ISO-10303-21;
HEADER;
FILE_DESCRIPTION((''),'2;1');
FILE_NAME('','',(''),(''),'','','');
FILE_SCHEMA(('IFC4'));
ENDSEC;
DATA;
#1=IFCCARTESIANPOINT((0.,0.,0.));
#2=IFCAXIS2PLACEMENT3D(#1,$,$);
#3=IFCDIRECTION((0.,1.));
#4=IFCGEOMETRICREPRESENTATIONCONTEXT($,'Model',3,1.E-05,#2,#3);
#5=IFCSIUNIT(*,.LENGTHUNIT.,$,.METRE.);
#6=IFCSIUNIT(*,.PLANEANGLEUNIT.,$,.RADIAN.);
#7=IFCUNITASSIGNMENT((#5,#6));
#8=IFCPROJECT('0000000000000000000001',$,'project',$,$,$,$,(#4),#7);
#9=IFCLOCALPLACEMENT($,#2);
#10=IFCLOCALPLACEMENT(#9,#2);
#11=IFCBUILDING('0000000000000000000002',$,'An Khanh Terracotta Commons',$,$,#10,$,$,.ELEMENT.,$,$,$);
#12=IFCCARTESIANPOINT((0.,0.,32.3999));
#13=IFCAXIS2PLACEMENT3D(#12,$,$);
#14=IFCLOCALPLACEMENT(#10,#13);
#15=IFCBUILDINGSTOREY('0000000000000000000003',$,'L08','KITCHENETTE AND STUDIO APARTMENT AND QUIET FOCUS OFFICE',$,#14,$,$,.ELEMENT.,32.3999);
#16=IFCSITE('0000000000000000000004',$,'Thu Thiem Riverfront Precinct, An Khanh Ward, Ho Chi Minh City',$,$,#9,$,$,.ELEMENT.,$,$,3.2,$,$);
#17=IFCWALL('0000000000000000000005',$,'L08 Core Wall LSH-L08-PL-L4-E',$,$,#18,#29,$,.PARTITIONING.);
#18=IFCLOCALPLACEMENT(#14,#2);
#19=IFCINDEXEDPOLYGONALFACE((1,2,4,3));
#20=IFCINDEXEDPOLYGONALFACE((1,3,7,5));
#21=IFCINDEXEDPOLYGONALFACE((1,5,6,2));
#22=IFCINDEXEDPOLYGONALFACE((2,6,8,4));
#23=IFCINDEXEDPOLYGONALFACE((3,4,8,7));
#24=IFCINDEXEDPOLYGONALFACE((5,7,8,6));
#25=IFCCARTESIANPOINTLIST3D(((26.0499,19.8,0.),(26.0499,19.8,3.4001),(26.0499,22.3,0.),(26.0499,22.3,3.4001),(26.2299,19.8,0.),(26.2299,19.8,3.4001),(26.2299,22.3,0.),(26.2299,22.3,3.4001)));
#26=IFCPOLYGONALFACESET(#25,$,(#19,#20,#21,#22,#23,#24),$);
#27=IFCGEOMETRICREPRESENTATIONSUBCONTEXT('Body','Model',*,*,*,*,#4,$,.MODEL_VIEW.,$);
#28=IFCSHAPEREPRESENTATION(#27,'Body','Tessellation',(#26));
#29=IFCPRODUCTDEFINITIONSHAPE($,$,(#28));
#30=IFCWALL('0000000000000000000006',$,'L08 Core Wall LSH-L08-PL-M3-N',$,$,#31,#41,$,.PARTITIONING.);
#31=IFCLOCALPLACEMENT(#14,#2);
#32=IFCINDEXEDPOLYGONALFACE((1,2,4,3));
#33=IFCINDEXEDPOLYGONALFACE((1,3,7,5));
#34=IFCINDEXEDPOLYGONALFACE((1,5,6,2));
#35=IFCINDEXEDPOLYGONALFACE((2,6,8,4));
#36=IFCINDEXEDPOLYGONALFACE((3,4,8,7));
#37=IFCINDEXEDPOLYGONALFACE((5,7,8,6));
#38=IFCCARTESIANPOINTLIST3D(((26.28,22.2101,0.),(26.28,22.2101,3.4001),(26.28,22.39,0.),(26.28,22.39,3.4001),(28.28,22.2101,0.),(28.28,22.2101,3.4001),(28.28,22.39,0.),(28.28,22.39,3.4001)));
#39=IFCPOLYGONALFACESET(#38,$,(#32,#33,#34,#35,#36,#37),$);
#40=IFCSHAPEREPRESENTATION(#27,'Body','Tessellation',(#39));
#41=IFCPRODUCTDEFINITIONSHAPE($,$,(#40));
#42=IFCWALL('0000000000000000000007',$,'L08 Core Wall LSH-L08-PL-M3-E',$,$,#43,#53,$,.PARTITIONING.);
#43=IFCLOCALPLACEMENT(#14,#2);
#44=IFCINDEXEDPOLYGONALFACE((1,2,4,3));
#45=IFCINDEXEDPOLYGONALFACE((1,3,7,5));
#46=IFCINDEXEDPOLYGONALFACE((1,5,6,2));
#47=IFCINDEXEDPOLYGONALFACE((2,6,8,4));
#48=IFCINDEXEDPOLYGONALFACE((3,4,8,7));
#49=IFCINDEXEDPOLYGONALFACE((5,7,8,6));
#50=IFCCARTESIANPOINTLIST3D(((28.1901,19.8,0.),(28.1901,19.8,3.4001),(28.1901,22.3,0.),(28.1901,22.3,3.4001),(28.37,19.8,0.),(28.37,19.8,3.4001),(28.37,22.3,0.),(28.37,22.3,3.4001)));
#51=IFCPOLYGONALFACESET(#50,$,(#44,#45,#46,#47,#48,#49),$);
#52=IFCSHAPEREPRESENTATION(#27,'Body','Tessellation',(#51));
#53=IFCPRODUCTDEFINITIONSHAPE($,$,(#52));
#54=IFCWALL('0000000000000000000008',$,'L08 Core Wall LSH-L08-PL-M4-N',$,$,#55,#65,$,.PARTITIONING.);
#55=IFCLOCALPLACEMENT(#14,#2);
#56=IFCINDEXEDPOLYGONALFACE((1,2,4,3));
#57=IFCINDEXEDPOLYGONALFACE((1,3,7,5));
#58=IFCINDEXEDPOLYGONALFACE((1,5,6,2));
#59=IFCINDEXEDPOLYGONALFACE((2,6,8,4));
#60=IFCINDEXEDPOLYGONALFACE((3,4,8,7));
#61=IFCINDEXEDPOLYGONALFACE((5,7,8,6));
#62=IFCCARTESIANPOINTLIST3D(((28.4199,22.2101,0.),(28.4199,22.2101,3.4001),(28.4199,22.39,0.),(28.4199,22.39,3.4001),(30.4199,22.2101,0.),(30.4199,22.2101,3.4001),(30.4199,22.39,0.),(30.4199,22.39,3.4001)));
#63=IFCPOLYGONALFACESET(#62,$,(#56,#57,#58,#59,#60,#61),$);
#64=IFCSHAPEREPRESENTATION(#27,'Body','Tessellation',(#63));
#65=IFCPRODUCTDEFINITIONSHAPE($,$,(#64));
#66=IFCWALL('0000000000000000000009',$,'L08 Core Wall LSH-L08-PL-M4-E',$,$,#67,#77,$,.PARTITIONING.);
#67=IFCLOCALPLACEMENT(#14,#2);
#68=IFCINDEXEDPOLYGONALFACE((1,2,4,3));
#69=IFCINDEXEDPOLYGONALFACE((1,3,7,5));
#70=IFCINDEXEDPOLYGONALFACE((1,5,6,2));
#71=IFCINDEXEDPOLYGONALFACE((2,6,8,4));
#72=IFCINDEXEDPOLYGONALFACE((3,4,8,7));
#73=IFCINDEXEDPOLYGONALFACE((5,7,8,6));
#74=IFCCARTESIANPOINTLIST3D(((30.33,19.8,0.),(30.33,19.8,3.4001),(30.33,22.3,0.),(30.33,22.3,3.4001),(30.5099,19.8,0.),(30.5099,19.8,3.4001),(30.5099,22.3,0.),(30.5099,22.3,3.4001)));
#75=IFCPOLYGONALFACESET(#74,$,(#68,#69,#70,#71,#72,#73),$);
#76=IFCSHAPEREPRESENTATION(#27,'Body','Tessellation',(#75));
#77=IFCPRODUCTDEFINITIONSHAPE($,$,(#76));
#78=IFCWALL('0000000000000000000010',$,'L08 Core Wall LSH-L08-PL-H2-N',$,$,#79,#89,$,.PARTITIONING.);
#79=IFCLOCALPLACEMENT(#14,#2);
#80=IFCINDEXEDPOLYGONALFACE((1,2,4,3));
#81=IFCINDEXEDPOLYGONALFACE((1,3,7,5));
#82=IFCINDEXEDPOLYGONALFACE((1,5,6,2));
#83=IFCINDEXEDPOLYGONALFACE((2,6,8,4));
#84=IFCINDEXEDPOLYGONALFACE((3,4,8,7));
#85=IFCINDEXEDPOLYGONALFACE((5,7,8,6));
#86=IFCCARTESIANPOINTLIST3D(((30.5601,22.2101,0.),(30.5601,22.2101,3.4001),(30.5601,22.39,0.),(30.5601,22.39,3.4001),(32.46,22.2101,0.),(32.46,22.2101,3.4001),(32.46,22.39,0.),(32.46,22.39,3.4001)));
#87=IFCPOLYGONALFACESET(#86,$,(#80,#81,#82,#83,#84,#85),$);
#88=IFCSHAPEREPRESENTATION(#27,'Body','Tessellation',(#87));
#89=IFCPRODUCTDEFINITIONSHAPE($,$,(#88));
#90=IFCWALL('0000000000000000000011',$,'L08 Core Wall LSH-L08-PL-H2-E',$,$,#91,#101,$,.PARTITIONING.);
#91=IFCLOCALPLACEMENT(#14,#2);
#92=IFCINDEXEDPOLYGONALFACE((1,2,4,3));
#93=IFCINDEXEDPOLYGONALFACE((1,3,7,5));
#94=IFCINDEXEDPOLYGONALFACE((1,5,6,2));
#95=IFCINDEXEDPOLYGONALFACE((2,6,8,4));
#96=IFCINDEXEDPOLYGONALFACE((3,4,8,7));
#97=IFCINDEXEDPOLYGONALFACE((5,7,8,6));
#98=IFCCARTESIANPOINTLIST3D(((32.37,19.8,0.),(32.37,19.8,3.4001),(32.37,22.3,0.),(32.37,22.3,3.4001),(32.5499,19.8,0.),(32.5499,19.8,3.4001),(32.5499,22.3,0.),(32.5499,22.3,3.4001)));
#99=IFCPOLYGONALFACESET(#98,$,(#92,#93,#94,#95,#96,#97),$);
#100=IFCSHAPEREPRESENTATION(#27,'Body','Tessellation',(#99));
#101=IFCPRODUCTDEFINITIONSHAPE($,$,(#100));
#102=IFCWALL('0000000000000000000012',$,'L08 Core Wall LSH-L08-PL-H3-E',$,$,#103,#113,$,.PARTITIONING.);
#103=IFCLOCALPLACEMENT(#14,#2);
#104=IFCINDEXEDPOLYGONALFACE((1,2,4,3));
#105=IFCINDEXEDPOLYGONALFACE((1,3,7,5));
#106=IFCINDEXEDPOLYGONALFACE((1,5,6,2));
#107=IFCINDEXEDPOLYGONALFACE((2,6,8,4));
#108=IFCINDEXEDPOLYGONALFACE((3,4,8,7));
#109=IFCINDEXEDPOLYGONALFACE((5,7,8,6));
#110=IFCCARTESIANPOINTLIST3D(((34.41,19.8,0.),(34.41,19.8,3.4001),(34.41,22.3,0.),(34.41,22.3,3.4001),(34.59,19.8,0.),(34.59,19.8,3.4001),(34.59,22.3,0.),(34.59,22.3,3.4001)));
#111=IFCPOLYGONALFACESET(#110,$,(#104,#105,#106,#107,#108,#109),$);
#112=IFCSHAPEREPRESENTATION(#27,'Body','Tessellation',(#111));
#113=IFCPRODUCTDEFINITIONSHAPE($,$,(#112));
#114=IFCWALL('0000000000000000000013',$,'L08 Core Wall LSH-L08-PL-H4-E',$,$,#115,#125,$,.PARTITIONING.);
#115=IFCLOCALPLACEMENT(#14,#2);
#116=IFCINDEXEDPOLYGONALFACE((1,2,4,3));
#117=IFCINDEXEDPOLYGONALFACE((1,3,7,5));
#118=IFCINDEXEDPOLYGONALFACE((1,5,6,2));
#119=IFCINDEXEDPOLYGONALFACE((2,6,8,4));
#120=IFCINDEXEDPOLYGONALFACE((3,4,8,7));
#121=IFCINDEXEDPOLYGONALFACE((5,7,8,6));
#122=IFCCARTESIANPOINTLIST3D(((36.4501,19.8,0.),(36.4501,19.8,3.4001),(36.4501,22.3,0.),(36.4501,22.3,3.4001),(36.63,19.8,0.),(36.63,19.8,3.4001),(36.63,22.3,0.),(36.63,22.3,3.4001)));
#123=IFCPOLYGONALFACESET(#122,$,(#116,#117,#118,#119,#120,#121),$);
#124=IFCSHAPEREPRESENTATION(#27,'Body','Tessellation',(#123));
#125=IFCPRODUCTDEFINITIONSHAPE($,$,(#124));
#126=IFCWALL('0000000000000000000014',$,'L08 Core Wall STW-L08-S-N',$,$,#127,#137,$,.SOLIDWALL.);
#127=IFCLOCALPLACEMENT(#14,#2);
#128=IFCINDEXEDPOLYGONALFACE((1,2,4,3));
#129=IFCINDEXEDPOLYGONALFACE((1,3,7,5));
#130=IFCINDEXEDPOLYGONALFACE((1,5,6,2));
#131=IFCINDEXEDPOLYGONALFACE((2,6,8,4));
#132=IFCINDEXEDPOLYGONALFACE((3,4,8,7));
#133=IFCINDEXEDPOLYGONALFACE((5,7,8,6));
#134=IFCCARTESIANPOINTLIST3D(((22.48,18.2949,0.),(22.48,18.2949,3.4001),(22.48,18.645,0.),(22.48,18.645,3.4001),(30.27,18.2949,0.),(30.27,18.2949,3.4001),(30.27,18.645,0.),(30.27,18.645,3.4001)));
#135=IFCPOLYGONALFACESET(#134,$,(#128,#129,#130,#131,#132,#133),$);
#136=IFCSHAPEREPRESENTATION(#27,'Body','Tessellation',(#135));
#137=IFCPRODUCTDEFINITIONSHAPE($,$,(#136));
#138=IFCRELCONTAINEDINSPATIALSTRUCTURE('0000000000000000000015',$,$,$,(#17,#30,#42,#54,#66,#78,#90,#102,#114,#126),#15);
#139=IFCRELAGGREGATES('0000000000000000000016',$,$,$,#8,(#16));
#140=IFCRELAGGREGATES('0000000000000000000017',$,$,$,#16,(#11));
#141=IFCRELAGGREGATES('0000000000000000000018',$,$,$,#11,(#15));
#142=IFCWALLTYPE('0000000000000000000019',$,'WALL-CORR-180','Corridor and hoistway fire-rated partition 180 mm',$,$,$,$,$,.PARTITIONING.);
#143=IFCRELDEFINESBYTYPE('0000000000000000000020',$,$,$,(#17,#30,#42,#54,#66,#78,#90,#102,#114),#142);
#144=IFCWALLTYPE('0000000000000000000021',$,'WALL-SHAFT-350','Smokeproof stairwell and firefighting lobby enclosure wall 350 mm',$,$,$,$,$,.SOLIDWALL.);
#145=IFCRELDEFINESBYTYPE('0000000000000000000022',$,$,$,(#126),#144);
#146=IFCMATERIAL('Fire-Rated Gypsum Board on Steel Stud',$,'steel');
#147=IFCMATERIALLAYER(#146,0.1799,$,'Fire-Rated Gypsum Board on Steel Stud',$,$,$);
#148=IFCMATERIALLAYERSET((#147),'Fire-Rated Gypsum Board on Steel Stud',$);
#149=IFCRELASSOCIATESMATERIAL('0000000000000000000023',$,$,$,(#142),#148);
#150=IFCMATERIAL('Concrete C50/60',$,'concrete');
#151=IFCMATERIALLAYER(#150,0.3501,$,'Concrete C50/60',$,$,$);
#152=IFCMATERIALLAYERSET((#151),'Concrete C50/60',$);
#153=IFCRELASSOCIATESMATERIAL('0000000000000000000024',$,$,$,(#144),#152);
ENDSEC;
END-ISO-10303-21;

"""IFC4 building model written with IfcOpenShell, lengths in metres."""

from ifc_helpers import new_model, si_unit, direction, frame, frame_2d, origin, place, context, subcontext, project, spatial, rectangle, extrude, material, layer, layer_set, type_object, element, save


model = new_model("IFC4")

# Units and contexts
model_context = context("Model", 3, precision=1e-05, world=origin(), true_north=direction((0.0, 1.0)))
body_context = subcontext(model_context, "Body", "Model", "MODEL_VIEW")
ifc_project = project(units=[si_unit("LENGTHUNIT", "METRE"), si_unit("PLANEANGLEUNIT", "RADIAN")], contexts=[model_context])

# Site, building, storey
site_placement = place(None, origin())
site = spatial("IfcSite", under=ifc_project, at=site_placement, Name="Thu Thiem Riverfront Precinct, An Khanh Ward, Ho Chi Minh City", CompositionType="ELEMENT", RefElevation=3.2)
building_placement = place(site_placement, origin())
building = spatial("IfcBuilding", under=site, at=building_placement, Name="An Khanh Terracotta Commons", CompositionType="ELEMENT")
storey_placement = place(building_placement, frame((0.0, 0.0, 32.3999)))
storey = spatial("IfcBuildingStorey", under=building, at=storey_placement, Name="L08", Description="KITCHENETTE AND STUDIO APARTMENT AND QUIET FOCUS OFFICE", CompositionType="ELEMENT", Elevation=32.3999)

# Shared definitions
ifc_material_1 = material(Name="Fire-Rated Gypsum Board on Steel Stud", Category="steel")
ifc_layer_1 = layer(ifc_material_1, 0.1799, Name="Fire-Rated Gypsum Board on Steel Stud")
ifc_layer_set_1 = layer_set([ifc_layer_1], Name="Fire-Rated Gypsum Board on Steel Stud")
wall_type_1 = type_object("IfcWallType", Name="WALL-CORR-180", Description="Corridor and hoistway fire-rated partition 180 mm", PredefinedType="PARTITIONING", material=ifc_layer_set_1)

# Walls
wall_1_placement = place(storey_placement, frame((26.1399, 19.8, 0.0), z_axis=(0.0, 0.0, 1.0), x_axis=(0.0, 1.0, 0.0)))
element("IfcWall", 1, at=wall_1_placement, inside=storey, type_object=wall_type_1, Name="L08 Core Wall LSH-L08-PL-L4-E", PredefinedType="PARTITIONING", context=body_context, shape_type="SweptSolid", body=[
    extrude(rectangle(XDim=2.5, YDim=0.1799, at=frame_2d((1.25, 0.0))), origin(), (0.0, 0.0, 1.0), 3.4001),
])
wall_2_placement = place(storey_placement, frame((26.28, 22.3, 0.0), z_axis=(0.0, 0.0, 1.0), x_axis=(1.0, 0.0, 0.0)))
element("IfcWall", 2, at=wall_2_placement, inside=storey, type_object=wall_type_1, Name="L08 Core Wall LSH-L08-PL-M3-N", PredefinedType="PARTITIONING", context=body_context, shape_type="SweptSolid", body=[
    extrude(rectangle(XDim=2.0, YDim=0.1799, at=frame_2d((1.0, 0.0))), origin(), (0.0, 0.0, 1.0), 3.4001),
])
wall_3_placement = place(storey_placement, frame((28.28, 19.8, 0.0), z_axis=(0.0, 0.0, 1.0), x_axis=(0.0, 1.0, 0.0)))
element("IfcWall", 3, at=wall_3_placement, inside=storey, type_object=wall_type_1, Name="L08 Core Wall LSH-L08-PL-M3-E", PredefinedType="PARTITIONING", context=body_context, shape_type="SweptSolid", body=[
    extrude(rectangle(XDim=2.5, YDim=0.1799, at=frame_2d((1.25, 0.0))), origin(), (0.0, 0.0, 1.0), 3.4001),
])
wall_4_placement = place(storey_placement, frame((28.4199, 22.3, 0.0), z_axis=(0.0, 0.0, 1.0), x_axis=(1.0, 0.0, 0.0)))
element("IfcWall", 4, at=wall_4_placement, inside=storey, type_object=wall_type_1, Name="L08 Core Wall LSH-L08-PL-M4-N", PredefinedType="PARTITIONING", context=body_context, shape_type="SweptSolid", body=[
    extrude(rectangle(XDim=2.0, YDim=0.1799, at=frame_2d((1.0, 0.0))), origin(), (0.0, 0.0, 1.0), 3.4001),
])
wall_5_placement = place(storey_placement, frame((30.4199, 19.8, 0.0), z_axis=(0.0, 0.0, 1.0), x_axis=(0.0, 1.0, 0.0)))
element("IfcWall", 5, at=wall_5_placement, inside=storey, type_object=wall_type_1, Name="L08 Core Wall LSH-L08-PL-M4-E", PredefinedType="PARTITIONING", context=body_context, shape_type="SweptSolid", body=[
    extrude(rectangle(XDim=2.5, YDim=0.1799, at=frame_2d((1.25, 0.0))), origin(), (0.0, 0.0, 1.0), 3.4001),
])
wall_6_placement = place(storey_placement, frame((30.5601, 22.3, 0.0), z_axis=(0.0, 0.0, 1.0), x_axis=(1.0, 0.0, 0.0)))
element("IfcWall", 6, at=wall_6_placement, inside=storey, type_object=wall_type_1, Name="L08 Core Wall LSH-L08-PL-H2-N", PredefinedType="PARTITIONING", context=body_context, shape_type="SweptSolid", body=[
    extrude(rectangle(XDim=1.8999, YDim=0.1799, at=frame_2d((0.95, 0.0))), origin(), (0.0, 0.0, 1.0), 3.4001),
])
for number, where, z_axis, x_axis, name in (
    (7, (32.46, 19.8, 0.0), (0.0, 0.0, 1.0), (0.0, 1.0, 0.0), "L08 Core Wall LSH-L08-PL-H2-E"),
    (8, (34.5, 19.8, 0.0), (0.0, 0.0, 1.0), (0.0, 1.0, 0.0), "L08 Core Wall LSH-L08-PL-H3-E"),
    (9, (36.54, 19.8, 0.0), (0.0, 0.0, 1.0), (0.0, 1.0, 0.0), "L08 Core Wall LSH-L08-PL-H4-E"),
):
    element("IfcWall", number, at=place(storey_placement, frame(where, z_axis=z_axis, x_axis=x_axis)), inside=storey, type_object=wall_type_1, Name=name, PredefinedType="PARTITIONING", context=body_context, shape_type="SweptSolid", body=[
        extrude(rectangle(XDim=2.5, YDim=0.1799, at=frame_2d((1.25, 0.0))), origin(), (0.0, 0.0, 1.0), 3.4001),
    ])
ifc_material_2 = material(Name="Concrete C50/60", Category="concrete")
ifc_layer_2 = layer(ifc_material_2, 0.3501, Name="Concrete C50/60")
ifc_layer_set_2 = layer_set([ifc_layer_2], Name="Concrete C50/60")
wall_type_2 = type_object("IfcWallType", Name="WALL-SHAFT-350", Description="Smokeproof stairwell and firefighting lobby enclosure wall 350 mm", PredefinedType="SOLIDWALL", material=ifc_layer_set_2)
wall_7_placement = place(storey_placement, frame((22.48, 18.47, 0.0), z_axis=(0.0, 0.0, 1.0), x_axis=(1.0, 0.0, 0.0)))
element("IfcWall", 10, at=wall_7_placement, inside=storey, type_object=wall_type_2, Name="L08 Core Wall STW-L08-S-N", PredefinedType="SOLIDWALL", context=body_context, shape_type="SweptSolid", body=[
    extrude(rectangle(XDim=7.79, YDim=0.3501, at=frame_2d((3.895, 0.0))), origin(), (0.0, 0.0, 1.0), 3.4001),
])

save(model, "model.ifc")
